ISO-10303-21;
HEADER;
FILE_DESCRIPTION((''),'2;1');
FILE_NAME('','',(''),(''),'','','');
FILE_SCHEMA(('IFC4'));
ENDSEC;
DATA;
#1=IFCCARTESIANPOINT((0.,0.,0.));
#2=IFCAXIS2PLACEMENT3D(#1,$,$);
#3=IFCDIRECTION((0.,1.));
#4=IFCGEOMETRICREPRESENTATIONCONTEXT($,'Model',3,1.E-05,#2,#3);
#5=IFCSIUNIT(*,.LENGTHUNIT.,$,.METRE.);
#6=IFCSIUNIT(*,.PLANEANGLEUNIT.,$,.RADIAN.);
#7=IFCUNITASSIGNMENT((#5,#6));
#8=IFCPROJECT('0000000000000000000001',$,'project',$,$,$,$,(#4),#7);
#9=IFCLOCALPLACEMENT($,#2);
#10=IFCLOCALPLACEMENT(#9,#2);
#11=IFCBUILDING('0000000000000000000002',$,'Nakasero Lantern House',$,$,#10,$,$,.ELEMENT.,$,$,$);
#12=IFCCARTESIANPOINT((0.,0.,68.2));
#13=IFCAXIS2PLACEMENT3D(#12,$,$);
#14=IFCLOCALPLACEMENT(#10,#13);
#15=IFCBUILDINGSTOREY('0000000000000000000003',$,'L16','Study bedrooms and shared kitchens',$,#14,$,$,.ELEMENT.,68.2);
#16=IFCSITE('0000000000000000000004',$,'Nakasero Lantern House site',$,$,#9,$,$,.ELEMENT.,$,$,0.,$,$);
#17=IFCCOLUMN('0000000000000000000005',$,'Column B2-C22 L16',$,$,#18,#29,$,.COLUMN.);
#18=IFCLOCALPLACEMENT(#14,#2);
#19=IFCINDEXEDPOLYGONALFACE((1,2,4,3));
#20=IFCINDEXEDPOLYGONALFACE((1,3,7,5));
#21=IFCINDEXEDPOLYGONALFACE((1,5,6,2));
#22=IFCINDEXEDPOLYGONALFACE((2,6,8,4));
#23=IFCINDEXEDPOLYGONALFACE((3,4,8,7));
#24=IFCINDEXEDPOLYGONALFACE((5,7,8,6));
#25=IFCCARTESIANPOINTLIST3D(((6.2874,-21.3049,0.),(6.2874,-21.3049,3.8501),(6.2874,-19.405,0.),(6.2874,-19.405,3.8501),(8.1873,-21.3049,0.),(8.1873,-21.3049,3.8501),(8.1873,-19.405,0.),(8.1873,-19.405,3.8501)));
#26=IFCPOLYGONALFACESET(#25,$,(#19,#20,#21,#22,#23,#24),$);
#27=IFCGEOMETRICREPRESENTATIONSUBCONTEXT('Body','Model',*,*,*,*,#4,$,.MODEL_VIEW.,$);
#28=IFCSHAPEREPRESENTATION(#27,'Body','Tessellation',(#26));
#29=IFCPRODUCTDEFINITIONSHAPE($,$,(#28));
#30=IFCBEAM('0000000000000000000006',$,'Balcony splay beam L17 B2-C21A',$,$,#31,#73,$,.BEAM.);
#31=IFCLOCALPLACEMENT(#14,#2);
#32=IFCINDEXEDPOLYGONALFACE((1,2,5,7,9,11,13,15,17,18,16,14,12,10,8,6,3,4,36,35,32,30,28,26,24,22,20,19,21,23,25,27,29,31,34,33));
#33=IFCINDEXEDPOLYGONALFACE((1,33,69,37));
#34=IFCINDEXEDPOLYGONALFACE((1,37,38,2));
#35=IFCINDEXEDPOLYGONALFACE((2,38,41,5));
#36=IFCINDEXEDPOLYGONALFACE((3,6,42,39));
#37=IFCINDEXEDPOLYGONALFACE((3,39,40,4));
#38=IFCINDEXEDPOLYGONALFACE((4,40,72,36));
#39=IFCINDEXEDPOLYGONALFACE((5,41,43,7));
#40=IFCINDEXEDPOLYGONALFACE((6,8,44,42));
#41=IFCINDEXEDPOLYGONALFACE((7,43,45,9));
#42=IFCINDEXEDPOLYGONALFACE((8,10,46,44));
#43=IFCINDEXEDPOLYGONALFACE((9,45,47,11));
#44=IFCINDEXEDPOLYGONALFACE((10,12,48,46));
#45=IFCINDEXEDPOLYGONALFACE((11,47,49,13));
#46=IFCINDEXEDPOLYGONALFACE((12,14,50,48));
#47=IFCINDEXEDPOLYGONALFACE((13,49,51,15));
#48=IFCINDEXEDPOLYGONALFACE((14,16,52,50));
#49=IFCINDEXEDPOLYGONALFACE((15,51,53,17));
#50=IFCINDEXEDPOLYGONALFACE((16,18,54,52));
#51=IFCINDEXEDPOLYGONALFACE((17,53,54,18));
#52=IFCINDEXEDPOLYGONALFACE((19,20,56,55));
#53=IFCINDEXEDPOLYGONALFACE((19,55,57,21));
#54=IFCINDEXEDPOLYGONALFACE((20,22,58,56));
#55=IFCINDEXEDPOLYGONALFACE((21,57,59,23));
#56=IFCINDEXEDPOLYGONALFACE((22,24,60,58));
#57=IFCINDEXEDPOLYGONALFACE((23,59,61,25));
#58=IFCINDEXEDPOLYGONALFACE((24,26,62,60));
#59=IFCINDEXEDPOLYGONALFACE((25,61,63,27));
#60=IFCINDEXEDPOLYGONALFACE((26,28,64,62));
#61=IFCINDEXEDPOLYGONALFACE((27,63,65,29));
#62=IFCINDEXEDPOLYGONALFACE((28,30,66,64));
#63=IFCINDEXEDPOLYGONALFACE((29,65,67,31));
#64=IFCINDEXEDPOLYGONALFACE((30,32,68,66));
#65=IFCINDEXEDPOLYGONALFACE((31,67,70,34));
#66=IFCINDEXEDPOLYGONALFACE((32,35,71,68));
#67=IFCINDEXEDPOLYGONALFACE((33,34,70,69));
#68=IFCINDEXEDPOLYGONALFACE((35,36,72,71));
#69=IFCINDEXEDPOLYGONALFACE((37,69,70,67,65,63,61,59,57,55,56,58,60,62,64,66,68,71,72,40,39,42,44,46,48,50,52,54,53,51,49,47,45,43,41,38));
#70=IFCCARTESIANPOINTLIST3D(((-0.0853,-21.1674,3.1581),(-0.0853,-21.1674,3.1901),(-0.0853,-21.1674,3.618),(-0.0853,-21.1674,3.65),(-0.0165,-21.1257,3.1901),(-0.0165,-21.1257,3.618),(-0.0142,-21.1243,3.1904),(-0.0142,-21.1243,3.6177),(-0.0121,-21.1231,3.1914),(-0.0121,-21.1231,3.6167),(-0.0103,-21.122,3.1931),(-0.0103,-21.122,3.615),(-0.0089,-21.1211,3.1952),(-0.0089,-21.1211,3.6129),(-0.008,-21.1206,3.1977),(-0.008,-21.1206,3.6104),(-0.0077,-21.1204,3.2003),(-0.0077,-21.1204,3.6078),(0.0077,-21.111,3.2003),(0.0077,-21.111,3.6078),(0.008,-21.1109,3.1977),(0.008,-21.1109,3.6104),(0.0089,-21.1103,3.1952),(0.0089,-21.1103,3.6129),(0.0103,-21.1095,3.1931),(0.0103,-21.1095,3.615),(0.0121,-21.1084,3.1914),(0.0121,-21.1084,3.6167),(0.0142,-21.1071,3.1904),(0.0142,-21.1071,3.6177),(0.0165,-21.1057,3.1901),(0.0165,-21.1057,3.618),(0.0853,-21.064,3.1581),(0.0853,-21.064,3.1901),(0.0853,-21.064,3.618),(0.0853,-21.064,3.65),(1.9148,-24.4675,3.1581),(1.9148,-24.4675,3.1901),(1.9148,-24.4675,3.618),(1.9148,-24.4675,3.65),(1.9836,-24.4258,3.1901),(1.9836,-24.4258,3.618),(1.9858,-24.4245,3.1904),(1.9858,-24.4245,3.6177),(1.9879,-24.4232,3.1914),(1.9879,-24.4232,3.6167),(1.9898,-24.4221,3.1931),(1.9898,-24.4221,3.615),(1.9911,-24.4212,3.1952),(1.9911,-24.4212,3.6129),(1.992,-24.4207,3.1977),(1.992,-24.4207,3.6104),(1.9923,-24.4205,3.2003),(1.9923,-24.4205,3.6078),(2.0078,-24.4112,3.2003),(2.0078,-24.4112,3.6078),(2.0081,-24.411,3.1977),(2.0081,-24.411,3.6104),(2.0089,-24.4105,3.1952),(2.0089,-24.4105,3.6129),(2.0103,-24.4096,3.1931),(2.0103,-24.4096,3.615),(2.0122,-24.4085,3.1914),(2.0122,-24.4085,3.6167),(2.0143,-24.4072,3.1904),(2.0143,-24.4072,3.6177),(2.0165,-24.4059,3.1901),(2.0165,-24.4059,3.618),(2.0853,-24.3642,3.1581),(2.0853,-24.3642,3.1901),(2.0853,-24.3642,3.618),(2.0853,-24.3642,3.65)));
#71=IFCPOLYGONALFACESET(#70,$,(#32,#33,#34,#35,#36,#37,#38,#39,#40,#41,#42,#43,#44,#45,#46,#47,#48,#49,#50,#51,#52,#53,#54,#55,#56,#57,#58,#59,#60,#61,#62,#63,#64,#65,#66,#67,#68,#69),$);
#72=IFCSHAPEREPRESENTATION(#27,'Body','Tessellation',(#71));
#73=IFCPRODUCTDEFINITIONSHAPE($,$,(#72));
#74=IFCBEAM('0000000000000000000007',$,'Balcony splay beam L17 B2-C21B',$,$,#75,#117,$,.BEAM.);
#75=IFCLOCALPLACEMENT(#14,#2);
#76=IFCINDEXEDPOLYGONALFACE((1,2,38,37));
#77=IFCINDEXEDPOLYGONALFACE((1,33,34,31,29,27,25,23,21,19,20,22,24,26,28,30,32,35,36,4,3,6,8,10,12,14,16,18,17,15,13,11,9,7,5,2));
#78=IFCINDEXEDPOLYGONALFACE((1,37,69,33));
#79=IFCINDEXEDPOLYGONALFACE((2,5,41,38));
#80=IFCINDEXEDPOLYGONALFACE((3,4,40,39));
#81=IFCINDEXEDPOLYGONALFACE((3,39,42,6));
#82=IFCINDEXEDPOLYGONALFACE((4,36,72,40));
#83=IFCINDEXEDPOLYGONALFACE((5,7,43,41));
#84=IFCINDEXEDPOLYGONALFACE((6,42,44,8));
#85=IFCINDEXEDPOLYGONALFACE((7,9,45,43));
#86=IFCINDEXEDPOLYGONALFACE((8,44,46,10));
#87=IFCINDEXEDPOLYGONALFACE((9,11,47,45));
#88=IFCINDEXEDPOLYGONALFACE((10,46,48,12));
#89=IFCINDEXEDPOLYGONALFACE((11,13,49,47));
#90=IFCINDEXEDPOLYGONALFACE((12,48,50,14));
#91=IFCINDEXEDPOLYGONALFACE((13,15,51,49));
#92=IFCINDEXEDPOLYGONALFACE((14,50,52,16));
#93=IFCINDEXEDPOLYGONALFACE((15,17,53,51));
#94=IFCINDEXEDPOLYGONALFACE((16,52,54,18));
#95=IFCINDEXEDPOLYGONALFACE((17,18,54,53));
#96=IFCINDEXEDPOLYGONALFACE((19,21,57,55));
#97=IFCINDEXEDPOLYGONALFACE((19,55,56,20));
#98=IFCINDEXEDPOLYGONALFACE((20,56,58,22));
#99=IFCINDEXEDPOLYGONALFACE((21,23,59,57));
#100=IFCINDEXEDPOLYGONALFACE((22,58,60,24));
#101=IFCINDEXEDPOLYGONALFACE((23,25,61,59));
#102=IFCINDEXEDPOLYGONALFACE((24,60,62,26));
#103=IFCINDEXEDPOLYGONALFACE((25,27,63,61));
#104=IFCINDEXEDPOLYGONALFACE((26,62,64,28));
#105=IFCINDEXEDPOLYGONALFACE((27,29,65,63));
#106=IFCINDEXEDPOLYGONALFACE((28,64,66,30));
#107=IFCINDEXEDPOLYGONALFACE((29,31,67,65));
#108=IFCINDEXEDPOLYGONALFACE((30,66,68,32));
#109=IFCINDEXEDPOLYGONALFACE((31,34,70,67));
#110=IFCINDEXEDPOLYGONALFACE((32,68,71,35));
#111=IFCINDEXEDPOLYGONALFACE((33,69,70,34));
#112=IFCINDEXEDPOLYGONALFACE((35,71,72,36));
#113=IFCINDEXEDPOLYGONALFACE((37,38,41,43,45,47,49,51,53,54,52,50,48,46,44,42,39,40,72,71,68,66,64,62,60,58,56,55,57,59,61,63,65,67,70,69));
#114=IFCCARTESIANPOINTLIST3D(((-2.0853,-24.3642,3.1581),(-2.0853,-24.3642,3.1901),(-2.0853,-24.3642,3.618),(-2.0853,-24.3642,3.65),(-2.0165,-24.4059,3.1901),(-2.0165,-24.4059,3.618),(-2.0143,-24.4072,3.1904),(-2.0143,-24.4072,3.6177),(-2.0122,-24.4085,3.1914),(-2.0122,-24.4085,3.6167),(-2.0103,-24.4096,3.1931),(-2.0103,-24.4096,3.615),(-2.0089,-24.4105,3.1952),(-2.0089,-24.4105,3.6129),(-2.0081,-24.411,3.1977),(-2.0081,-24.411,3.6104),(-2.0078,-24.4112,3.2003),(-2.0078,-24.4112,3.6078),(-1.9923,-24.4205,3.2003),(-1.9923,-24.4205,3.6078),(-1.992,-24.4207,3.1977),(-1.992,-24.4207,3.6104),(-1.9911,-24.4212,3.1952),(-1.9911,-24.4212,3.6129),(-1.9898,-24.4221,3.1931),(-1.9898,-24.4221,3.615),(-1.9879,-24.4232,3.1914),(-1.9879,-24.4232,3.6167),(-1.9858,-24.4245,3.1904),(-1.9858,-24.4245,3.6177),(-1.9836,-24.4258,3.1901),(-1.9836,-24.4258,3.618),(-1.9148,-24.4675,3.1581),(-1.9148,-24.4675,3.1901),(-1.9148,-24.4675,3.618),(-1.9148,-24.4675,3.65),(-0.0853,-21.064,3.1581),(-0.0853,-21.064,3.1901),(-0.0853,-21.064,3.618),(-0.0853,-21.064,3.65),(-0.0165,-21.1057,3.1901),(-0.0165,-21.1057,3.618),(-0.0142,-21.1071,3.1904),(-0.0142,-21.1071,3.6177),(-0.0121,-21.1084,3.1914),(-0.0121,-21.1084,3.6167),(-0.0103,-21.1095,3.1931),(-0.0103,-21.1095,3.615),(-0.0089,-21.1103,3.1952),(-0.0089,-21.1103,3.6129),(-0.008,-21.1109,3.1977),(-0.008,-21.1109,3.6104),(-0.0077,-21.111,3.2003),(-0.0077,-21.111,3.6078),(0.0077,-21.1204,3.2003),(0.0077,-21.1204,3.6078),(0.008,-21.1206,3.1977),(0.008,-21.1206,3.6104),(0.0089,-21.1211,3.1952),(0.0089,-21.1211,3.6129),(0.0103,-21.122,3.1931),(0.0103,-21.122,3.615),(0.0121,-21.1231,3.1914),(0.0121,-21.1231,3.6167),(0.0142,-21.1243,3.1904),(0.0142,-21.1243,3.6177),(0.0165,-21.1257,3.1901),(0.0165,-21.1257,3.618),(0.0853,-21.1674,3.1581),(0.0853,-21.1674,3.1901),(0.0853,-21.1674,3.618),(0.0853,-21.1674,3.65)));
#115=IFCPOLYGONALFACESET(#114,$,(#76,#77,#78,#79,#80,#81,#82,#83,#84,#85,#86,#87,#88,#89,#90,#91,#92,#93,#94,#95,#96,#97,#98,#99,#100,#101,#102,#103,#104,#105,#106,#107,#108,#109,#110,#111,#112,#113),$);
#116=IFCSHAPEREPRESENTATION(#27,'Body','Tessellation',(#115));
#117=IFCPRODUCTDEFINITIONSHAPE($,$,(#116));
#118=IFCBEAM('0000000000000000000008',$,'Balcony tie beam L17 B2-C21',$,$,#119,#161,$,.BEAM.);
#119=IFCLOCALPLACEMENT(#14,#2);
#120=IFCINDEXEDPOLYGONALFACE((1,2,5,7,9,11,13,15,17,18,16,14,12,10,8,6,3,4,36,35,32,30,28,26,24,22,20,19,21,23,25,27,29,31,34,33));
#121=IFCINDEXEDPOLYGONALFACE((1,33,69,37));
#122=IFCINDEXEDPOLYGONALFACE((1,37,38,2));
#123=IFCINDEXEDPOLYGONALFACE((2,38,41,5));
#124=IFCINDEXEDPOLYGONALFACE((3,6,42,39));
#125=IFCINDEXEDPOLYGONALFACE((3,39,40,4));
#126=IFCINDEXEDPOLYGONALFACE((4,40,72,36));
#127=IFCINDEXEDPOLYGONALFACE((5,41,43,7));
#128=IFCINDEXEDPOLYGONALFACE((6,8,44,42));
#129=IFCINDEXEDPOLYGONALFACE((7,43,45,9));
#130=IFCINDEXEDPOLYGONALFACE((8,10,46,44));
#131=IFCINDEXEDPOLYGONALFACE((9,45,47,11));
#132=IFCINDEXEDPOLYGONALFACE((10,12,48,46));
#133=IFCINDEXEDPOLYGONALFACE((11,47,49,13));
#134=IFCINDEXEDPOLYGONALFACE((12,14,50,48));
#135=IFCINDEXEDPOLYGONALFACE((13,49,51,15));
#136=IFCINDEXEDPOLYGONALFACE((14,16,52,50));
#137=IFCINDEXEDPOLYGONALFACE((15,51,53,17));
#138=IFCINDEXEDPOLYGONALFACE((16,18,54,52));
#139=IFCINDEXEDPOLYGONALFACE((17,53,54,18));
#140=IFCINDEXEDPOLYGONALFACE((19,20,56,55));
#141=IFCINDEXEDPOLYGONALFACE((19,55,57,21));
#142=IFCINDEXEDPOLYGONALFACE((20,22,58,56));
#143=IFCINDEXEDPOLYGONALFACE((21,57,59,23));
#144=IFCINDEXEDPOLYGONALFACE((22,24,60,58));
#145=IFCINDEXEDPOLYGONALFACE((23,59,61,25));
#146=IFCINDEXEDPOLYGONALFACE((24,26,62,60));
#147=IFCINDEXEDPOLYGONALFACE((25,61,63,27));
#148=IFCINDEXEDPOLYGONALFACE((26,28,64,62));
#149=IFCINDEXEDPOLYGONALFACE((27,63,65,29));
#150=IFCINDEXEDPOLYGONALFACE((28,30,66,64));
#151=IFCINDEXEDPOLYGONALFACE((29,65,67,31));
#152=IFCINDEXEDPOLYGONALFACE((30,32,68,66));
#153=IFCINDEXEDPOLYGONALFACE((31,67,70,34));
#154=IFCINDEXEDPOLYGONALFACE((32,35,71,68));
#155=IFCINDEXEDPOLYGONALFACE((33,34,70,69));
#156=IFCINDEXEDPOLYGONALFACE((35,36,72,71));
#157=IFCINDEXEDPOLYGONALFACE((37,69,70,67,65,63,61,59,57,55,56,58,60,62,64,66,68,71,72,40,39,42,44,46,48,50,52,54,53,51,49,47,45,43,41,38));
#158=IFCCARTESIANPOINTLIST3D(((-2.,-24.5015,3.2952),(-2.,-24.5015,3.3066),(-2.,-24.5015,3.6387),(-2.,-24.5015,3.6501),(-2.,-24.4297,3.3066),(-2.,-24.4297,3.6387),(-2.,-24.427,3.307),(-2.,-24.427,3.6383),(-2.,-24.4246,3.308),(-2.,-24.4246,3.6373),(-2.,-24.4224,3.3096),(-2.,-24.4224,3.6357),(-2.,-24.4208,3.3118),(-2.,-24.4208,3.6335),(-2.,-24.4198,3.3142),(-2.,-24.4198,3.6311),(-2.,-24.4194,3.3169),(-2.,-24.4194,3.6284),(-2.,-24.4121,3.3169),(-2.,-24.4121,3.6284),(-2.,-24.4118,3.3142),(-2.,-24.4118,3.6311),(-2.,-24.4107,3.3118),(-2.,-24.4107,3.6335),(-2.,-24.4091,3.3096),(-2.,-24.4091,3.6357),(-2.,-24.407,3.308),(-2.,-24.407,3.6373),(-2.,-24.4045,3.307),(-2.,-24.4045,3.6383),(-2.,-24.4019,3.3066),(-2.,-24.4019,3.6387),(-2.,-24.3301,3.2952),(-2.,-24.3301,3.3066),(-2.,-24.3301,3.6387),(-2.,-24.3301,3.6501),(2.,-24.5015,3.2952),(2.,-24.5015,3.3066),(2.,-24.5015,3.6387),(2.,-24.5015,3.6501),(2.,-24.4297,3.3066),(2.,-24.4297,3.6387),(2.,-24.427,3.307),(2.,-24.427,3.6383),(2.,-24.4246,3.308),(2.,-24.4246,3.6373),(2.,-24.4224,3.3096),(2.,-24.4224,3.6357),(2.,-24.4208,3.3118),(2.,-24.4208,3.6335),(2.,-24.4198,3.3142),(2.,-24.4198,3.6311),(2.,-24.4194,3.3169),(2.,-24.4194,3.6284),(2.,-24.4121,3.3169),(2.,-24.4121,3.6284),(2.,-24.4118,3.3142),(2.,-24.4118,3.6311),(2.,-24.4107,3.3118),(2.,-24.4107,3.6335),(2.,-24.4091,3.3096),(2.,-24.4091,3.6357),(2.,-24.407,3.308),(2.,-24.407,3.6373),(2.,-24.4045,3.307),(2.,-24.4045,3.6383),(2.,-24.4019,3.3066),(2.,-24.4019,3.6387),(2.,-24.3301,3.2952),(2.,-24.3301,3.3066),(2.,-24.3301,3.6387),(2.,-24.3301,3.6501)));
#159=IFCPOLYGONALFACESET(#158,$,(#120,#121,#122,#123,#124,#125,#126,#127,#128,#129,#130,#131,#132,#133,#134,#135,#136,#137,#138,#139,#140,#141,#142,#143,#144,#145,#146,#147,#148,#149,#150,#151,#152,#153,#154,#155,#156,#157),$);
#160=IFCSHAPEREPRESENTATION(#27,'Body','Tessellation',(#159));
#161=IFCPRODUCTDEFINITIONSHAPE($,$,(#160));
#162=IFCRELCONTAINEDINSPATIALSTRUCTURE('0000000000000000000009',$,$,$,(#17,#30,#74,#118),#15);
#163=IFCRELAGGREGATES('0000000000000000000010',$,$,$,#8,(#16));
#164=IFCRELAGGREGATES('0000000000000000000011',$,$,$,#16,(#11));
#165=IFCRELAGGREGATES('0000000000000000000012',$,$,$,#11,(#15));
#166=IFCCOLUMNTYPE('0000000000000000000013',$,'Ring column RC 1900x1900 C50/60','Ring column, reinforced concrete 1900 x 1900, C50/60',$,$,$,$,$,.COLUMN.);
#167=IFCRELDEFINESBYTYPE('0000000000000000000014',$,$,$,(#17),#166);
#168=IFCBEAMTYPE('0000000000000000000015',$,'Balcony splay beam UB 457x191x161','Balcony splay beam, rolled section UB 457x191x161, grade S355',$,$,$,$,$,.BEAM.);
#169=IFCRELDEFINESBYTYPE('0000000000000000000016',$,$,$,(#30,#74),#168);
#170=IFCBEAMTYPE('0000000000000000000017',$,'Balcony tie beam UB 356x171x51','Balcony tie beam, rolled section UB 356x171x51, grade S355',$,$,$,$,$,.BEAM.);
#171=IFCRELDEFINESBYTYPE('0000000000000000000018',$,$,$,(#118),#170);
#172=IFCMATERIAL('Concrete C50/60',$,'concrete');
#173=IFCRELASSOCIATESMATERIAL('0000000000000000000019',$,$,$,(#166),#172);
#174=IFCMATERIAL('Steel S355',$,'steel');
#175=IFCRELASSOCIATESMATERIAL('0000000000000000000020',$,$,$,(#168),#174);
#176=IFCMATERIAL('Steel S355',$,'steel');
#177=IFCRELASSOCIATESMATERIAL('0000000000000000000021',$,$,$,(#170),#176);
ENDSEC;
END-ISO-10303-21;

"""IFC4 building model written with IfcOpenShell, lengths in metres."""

from ifc_helpers import new_model, si_unit, direction, frame, origin, origin_2d, place, context, subcontext, project, spatial, rectangle, i_section, extrude, material, material_profile, profile_set, type_object, element, save


model = new_model("IFC4")

# Units and contexts
model_context = context("Model", 3, precision=1e-05, world=origin(), true_north=direction((0.0, 1.0)))
body_context = subcontext(model_context, "Body", "Model", "MODEL_VIEW")
ifc_project = project(units=[si_unit("LENGTHUNIT", "METRE"), si_unit("PLANEANGLEUNIT", "RADIAN")], contexts=[model_context])

# Site, building, storey
site_placement = place(None, origin())
site = spatial("IfcSite", under=ifc_project, at=site_placement, Name="Nakasero Lantern House site", CompositionType="ELEMENT", RefElevation=0.0)
building_placement = place(site_placement, origin())
building = spatial("IfcBuilding", under=site, at=building_placement, Name="Nakasero Lantern House", CompositionType="ELEMENT")
storey_placement = place(building_placement, frame((0.0, 0.0, 68.2)))
storey = spatial("IfcBuildingStorey", under=building, at=storey_placement, Name="L16", Description="Study bedrooms and shared kitchens", CompositionType="ELEMENT", Elevation=68.2)

# Column
ifc_material_1 = material(Name="Concrete C50/60", Category="concrete")
ifc_material_profile_1 = material_profile(ifc_material_1, rectangle(XDim=1.8999, YDim=1.8999, at=origin_2d()), Name="RC 1900x1900")
ifc_profile_set_1 = profile_set([ifc_material_profile_1], Name="Concrete C50/60")
column_type = type_object("IfcColumnType", Name="Ring column RC 1900x1900 C50/60", Description="Ring column, reinforced concrete 1900 x 1900, C50/60", PredefinedType="COLUMN", material=ifc_profile_set_1)
column_placement = place(storey_placement, frame((7.2373, -20.355, 0.0), z_axis=(0.0, 0.0, 1.0), x_axis=(1.0, 0.0, 0.0)))
element("IfcColumn", 1, at=column_placement, inside=storey, type_object=column_type, Name="Column B2-C22 L16", PredefinedType="COLUMN", context=body_context, shape_type="SweptSolid", body=[
    extrude(rectangle(XDim=1.8999, YDim=1.8999, at=origin_2d()), origin(), (0.0, 0.0, 1.0), 3.8501),
])

# Beams
ifc_material_2 = material(Name="Steel S355", Category="steel")
ifc_material_profile_2 = material_profile(ifc_material_2, i_section(OverallWidth=0.1995, OverallDepth=0.4919, WebThickness=0.0181, FlangeThickness=0.032, FilletRadius=0.0103, at=origin_2d()), Name="UB 457x191x161")
ifc_profile_set_2 = profile_set([ifc_material_profile_2], Name="Steel S355")
beam_type_1 = type_object("IfcBeamType", Name="Balcony splay beam UB 457x191x161", Description="Balcony splay beam, rolled section UB 457x191x161, grade S355", PredefinedType="BEAM", material=ifc_profile_set_2)
for number, where, z_axis, x_axis, name in (
    (2, (0.0, -21.1157, 3.4041), (0.518296, -0.855201, 0.0), (0.855201, 0.518296, 0.0), "Balcony splay beam L17 B2-C21A"),
    (3, (0.0, -21.1157, 3.4041), (-0.518296, -0.855201, 0.0), (0.855201, -0.518296, 0.0), "Balcony splay beam L17 B2-C21B"),
):
    element("IfcBeam", number, at=place(storey_placement, frame(where, z_axis=z_axis, x_axis=x_axis)), inside=storey, type_object=beam_type_1, Name=name, PredefinedType="BEAM", context=body_context, shape_type="SweptSolid", body=[
        extrude(i_section(OverallWidth=0.1995, OverallDepth=0.4919, WebThickness=0.0181, FlangeThickness=0.032, FilletRadius=0.0103, at=origin_2d()), origin(), (0.0, 0.0, 1.0), 3.8589),
    ])
ifc_material_3 = material(Name="Steel S355", Category="steel")
ifc_material_profile_3 = material_profile(ifc_material_3, i_section(OverallWidth=0.1714, OverallDepth=0.355, WebThickness=0.0073, FlangeThickness=0.0115, FilletRadius=0.0103, at=origin_2d()), Name="UB 356x171x51")
ifc_profile_set_3 = profile_set([ifc_material_profile_3], Name="Steel S355")
beam_type_2 = type_object("IfcBeamType", Name="Balcony tie beam UB 356x171x51", Description="Balcony tie beam, rolled section UB 356x171x51, grade S355", PredefinedType="BEAM", material=ifc_profile_set_3)
beam_1_placement = place(storey_placement, frame((2.0, -24.4158, 3.4727), z_axis=(-1.0, 0.0, 0.0), x_axis=(0.0, -1.0, 0.0)))
element("IfcBeam", 4, at=beam_1_placement, inside=storey, type_object=beam_type_2, Name="Balcony tie beam L17 B2-C21", PredefinedType="BEAM", context=body_context, shape_type="SweptSolid", body=[
    extrude(i_section(OverallWidth=0.1714, OverallDepth=0.355, WebThickness=0.0073, FlangeThickness=0.0115, FilletRadius=0.0103, at=origin_2d()), origin(), (0.0, 0.0, 1.0), 4.0),
])

save(model, "model.ifc")
